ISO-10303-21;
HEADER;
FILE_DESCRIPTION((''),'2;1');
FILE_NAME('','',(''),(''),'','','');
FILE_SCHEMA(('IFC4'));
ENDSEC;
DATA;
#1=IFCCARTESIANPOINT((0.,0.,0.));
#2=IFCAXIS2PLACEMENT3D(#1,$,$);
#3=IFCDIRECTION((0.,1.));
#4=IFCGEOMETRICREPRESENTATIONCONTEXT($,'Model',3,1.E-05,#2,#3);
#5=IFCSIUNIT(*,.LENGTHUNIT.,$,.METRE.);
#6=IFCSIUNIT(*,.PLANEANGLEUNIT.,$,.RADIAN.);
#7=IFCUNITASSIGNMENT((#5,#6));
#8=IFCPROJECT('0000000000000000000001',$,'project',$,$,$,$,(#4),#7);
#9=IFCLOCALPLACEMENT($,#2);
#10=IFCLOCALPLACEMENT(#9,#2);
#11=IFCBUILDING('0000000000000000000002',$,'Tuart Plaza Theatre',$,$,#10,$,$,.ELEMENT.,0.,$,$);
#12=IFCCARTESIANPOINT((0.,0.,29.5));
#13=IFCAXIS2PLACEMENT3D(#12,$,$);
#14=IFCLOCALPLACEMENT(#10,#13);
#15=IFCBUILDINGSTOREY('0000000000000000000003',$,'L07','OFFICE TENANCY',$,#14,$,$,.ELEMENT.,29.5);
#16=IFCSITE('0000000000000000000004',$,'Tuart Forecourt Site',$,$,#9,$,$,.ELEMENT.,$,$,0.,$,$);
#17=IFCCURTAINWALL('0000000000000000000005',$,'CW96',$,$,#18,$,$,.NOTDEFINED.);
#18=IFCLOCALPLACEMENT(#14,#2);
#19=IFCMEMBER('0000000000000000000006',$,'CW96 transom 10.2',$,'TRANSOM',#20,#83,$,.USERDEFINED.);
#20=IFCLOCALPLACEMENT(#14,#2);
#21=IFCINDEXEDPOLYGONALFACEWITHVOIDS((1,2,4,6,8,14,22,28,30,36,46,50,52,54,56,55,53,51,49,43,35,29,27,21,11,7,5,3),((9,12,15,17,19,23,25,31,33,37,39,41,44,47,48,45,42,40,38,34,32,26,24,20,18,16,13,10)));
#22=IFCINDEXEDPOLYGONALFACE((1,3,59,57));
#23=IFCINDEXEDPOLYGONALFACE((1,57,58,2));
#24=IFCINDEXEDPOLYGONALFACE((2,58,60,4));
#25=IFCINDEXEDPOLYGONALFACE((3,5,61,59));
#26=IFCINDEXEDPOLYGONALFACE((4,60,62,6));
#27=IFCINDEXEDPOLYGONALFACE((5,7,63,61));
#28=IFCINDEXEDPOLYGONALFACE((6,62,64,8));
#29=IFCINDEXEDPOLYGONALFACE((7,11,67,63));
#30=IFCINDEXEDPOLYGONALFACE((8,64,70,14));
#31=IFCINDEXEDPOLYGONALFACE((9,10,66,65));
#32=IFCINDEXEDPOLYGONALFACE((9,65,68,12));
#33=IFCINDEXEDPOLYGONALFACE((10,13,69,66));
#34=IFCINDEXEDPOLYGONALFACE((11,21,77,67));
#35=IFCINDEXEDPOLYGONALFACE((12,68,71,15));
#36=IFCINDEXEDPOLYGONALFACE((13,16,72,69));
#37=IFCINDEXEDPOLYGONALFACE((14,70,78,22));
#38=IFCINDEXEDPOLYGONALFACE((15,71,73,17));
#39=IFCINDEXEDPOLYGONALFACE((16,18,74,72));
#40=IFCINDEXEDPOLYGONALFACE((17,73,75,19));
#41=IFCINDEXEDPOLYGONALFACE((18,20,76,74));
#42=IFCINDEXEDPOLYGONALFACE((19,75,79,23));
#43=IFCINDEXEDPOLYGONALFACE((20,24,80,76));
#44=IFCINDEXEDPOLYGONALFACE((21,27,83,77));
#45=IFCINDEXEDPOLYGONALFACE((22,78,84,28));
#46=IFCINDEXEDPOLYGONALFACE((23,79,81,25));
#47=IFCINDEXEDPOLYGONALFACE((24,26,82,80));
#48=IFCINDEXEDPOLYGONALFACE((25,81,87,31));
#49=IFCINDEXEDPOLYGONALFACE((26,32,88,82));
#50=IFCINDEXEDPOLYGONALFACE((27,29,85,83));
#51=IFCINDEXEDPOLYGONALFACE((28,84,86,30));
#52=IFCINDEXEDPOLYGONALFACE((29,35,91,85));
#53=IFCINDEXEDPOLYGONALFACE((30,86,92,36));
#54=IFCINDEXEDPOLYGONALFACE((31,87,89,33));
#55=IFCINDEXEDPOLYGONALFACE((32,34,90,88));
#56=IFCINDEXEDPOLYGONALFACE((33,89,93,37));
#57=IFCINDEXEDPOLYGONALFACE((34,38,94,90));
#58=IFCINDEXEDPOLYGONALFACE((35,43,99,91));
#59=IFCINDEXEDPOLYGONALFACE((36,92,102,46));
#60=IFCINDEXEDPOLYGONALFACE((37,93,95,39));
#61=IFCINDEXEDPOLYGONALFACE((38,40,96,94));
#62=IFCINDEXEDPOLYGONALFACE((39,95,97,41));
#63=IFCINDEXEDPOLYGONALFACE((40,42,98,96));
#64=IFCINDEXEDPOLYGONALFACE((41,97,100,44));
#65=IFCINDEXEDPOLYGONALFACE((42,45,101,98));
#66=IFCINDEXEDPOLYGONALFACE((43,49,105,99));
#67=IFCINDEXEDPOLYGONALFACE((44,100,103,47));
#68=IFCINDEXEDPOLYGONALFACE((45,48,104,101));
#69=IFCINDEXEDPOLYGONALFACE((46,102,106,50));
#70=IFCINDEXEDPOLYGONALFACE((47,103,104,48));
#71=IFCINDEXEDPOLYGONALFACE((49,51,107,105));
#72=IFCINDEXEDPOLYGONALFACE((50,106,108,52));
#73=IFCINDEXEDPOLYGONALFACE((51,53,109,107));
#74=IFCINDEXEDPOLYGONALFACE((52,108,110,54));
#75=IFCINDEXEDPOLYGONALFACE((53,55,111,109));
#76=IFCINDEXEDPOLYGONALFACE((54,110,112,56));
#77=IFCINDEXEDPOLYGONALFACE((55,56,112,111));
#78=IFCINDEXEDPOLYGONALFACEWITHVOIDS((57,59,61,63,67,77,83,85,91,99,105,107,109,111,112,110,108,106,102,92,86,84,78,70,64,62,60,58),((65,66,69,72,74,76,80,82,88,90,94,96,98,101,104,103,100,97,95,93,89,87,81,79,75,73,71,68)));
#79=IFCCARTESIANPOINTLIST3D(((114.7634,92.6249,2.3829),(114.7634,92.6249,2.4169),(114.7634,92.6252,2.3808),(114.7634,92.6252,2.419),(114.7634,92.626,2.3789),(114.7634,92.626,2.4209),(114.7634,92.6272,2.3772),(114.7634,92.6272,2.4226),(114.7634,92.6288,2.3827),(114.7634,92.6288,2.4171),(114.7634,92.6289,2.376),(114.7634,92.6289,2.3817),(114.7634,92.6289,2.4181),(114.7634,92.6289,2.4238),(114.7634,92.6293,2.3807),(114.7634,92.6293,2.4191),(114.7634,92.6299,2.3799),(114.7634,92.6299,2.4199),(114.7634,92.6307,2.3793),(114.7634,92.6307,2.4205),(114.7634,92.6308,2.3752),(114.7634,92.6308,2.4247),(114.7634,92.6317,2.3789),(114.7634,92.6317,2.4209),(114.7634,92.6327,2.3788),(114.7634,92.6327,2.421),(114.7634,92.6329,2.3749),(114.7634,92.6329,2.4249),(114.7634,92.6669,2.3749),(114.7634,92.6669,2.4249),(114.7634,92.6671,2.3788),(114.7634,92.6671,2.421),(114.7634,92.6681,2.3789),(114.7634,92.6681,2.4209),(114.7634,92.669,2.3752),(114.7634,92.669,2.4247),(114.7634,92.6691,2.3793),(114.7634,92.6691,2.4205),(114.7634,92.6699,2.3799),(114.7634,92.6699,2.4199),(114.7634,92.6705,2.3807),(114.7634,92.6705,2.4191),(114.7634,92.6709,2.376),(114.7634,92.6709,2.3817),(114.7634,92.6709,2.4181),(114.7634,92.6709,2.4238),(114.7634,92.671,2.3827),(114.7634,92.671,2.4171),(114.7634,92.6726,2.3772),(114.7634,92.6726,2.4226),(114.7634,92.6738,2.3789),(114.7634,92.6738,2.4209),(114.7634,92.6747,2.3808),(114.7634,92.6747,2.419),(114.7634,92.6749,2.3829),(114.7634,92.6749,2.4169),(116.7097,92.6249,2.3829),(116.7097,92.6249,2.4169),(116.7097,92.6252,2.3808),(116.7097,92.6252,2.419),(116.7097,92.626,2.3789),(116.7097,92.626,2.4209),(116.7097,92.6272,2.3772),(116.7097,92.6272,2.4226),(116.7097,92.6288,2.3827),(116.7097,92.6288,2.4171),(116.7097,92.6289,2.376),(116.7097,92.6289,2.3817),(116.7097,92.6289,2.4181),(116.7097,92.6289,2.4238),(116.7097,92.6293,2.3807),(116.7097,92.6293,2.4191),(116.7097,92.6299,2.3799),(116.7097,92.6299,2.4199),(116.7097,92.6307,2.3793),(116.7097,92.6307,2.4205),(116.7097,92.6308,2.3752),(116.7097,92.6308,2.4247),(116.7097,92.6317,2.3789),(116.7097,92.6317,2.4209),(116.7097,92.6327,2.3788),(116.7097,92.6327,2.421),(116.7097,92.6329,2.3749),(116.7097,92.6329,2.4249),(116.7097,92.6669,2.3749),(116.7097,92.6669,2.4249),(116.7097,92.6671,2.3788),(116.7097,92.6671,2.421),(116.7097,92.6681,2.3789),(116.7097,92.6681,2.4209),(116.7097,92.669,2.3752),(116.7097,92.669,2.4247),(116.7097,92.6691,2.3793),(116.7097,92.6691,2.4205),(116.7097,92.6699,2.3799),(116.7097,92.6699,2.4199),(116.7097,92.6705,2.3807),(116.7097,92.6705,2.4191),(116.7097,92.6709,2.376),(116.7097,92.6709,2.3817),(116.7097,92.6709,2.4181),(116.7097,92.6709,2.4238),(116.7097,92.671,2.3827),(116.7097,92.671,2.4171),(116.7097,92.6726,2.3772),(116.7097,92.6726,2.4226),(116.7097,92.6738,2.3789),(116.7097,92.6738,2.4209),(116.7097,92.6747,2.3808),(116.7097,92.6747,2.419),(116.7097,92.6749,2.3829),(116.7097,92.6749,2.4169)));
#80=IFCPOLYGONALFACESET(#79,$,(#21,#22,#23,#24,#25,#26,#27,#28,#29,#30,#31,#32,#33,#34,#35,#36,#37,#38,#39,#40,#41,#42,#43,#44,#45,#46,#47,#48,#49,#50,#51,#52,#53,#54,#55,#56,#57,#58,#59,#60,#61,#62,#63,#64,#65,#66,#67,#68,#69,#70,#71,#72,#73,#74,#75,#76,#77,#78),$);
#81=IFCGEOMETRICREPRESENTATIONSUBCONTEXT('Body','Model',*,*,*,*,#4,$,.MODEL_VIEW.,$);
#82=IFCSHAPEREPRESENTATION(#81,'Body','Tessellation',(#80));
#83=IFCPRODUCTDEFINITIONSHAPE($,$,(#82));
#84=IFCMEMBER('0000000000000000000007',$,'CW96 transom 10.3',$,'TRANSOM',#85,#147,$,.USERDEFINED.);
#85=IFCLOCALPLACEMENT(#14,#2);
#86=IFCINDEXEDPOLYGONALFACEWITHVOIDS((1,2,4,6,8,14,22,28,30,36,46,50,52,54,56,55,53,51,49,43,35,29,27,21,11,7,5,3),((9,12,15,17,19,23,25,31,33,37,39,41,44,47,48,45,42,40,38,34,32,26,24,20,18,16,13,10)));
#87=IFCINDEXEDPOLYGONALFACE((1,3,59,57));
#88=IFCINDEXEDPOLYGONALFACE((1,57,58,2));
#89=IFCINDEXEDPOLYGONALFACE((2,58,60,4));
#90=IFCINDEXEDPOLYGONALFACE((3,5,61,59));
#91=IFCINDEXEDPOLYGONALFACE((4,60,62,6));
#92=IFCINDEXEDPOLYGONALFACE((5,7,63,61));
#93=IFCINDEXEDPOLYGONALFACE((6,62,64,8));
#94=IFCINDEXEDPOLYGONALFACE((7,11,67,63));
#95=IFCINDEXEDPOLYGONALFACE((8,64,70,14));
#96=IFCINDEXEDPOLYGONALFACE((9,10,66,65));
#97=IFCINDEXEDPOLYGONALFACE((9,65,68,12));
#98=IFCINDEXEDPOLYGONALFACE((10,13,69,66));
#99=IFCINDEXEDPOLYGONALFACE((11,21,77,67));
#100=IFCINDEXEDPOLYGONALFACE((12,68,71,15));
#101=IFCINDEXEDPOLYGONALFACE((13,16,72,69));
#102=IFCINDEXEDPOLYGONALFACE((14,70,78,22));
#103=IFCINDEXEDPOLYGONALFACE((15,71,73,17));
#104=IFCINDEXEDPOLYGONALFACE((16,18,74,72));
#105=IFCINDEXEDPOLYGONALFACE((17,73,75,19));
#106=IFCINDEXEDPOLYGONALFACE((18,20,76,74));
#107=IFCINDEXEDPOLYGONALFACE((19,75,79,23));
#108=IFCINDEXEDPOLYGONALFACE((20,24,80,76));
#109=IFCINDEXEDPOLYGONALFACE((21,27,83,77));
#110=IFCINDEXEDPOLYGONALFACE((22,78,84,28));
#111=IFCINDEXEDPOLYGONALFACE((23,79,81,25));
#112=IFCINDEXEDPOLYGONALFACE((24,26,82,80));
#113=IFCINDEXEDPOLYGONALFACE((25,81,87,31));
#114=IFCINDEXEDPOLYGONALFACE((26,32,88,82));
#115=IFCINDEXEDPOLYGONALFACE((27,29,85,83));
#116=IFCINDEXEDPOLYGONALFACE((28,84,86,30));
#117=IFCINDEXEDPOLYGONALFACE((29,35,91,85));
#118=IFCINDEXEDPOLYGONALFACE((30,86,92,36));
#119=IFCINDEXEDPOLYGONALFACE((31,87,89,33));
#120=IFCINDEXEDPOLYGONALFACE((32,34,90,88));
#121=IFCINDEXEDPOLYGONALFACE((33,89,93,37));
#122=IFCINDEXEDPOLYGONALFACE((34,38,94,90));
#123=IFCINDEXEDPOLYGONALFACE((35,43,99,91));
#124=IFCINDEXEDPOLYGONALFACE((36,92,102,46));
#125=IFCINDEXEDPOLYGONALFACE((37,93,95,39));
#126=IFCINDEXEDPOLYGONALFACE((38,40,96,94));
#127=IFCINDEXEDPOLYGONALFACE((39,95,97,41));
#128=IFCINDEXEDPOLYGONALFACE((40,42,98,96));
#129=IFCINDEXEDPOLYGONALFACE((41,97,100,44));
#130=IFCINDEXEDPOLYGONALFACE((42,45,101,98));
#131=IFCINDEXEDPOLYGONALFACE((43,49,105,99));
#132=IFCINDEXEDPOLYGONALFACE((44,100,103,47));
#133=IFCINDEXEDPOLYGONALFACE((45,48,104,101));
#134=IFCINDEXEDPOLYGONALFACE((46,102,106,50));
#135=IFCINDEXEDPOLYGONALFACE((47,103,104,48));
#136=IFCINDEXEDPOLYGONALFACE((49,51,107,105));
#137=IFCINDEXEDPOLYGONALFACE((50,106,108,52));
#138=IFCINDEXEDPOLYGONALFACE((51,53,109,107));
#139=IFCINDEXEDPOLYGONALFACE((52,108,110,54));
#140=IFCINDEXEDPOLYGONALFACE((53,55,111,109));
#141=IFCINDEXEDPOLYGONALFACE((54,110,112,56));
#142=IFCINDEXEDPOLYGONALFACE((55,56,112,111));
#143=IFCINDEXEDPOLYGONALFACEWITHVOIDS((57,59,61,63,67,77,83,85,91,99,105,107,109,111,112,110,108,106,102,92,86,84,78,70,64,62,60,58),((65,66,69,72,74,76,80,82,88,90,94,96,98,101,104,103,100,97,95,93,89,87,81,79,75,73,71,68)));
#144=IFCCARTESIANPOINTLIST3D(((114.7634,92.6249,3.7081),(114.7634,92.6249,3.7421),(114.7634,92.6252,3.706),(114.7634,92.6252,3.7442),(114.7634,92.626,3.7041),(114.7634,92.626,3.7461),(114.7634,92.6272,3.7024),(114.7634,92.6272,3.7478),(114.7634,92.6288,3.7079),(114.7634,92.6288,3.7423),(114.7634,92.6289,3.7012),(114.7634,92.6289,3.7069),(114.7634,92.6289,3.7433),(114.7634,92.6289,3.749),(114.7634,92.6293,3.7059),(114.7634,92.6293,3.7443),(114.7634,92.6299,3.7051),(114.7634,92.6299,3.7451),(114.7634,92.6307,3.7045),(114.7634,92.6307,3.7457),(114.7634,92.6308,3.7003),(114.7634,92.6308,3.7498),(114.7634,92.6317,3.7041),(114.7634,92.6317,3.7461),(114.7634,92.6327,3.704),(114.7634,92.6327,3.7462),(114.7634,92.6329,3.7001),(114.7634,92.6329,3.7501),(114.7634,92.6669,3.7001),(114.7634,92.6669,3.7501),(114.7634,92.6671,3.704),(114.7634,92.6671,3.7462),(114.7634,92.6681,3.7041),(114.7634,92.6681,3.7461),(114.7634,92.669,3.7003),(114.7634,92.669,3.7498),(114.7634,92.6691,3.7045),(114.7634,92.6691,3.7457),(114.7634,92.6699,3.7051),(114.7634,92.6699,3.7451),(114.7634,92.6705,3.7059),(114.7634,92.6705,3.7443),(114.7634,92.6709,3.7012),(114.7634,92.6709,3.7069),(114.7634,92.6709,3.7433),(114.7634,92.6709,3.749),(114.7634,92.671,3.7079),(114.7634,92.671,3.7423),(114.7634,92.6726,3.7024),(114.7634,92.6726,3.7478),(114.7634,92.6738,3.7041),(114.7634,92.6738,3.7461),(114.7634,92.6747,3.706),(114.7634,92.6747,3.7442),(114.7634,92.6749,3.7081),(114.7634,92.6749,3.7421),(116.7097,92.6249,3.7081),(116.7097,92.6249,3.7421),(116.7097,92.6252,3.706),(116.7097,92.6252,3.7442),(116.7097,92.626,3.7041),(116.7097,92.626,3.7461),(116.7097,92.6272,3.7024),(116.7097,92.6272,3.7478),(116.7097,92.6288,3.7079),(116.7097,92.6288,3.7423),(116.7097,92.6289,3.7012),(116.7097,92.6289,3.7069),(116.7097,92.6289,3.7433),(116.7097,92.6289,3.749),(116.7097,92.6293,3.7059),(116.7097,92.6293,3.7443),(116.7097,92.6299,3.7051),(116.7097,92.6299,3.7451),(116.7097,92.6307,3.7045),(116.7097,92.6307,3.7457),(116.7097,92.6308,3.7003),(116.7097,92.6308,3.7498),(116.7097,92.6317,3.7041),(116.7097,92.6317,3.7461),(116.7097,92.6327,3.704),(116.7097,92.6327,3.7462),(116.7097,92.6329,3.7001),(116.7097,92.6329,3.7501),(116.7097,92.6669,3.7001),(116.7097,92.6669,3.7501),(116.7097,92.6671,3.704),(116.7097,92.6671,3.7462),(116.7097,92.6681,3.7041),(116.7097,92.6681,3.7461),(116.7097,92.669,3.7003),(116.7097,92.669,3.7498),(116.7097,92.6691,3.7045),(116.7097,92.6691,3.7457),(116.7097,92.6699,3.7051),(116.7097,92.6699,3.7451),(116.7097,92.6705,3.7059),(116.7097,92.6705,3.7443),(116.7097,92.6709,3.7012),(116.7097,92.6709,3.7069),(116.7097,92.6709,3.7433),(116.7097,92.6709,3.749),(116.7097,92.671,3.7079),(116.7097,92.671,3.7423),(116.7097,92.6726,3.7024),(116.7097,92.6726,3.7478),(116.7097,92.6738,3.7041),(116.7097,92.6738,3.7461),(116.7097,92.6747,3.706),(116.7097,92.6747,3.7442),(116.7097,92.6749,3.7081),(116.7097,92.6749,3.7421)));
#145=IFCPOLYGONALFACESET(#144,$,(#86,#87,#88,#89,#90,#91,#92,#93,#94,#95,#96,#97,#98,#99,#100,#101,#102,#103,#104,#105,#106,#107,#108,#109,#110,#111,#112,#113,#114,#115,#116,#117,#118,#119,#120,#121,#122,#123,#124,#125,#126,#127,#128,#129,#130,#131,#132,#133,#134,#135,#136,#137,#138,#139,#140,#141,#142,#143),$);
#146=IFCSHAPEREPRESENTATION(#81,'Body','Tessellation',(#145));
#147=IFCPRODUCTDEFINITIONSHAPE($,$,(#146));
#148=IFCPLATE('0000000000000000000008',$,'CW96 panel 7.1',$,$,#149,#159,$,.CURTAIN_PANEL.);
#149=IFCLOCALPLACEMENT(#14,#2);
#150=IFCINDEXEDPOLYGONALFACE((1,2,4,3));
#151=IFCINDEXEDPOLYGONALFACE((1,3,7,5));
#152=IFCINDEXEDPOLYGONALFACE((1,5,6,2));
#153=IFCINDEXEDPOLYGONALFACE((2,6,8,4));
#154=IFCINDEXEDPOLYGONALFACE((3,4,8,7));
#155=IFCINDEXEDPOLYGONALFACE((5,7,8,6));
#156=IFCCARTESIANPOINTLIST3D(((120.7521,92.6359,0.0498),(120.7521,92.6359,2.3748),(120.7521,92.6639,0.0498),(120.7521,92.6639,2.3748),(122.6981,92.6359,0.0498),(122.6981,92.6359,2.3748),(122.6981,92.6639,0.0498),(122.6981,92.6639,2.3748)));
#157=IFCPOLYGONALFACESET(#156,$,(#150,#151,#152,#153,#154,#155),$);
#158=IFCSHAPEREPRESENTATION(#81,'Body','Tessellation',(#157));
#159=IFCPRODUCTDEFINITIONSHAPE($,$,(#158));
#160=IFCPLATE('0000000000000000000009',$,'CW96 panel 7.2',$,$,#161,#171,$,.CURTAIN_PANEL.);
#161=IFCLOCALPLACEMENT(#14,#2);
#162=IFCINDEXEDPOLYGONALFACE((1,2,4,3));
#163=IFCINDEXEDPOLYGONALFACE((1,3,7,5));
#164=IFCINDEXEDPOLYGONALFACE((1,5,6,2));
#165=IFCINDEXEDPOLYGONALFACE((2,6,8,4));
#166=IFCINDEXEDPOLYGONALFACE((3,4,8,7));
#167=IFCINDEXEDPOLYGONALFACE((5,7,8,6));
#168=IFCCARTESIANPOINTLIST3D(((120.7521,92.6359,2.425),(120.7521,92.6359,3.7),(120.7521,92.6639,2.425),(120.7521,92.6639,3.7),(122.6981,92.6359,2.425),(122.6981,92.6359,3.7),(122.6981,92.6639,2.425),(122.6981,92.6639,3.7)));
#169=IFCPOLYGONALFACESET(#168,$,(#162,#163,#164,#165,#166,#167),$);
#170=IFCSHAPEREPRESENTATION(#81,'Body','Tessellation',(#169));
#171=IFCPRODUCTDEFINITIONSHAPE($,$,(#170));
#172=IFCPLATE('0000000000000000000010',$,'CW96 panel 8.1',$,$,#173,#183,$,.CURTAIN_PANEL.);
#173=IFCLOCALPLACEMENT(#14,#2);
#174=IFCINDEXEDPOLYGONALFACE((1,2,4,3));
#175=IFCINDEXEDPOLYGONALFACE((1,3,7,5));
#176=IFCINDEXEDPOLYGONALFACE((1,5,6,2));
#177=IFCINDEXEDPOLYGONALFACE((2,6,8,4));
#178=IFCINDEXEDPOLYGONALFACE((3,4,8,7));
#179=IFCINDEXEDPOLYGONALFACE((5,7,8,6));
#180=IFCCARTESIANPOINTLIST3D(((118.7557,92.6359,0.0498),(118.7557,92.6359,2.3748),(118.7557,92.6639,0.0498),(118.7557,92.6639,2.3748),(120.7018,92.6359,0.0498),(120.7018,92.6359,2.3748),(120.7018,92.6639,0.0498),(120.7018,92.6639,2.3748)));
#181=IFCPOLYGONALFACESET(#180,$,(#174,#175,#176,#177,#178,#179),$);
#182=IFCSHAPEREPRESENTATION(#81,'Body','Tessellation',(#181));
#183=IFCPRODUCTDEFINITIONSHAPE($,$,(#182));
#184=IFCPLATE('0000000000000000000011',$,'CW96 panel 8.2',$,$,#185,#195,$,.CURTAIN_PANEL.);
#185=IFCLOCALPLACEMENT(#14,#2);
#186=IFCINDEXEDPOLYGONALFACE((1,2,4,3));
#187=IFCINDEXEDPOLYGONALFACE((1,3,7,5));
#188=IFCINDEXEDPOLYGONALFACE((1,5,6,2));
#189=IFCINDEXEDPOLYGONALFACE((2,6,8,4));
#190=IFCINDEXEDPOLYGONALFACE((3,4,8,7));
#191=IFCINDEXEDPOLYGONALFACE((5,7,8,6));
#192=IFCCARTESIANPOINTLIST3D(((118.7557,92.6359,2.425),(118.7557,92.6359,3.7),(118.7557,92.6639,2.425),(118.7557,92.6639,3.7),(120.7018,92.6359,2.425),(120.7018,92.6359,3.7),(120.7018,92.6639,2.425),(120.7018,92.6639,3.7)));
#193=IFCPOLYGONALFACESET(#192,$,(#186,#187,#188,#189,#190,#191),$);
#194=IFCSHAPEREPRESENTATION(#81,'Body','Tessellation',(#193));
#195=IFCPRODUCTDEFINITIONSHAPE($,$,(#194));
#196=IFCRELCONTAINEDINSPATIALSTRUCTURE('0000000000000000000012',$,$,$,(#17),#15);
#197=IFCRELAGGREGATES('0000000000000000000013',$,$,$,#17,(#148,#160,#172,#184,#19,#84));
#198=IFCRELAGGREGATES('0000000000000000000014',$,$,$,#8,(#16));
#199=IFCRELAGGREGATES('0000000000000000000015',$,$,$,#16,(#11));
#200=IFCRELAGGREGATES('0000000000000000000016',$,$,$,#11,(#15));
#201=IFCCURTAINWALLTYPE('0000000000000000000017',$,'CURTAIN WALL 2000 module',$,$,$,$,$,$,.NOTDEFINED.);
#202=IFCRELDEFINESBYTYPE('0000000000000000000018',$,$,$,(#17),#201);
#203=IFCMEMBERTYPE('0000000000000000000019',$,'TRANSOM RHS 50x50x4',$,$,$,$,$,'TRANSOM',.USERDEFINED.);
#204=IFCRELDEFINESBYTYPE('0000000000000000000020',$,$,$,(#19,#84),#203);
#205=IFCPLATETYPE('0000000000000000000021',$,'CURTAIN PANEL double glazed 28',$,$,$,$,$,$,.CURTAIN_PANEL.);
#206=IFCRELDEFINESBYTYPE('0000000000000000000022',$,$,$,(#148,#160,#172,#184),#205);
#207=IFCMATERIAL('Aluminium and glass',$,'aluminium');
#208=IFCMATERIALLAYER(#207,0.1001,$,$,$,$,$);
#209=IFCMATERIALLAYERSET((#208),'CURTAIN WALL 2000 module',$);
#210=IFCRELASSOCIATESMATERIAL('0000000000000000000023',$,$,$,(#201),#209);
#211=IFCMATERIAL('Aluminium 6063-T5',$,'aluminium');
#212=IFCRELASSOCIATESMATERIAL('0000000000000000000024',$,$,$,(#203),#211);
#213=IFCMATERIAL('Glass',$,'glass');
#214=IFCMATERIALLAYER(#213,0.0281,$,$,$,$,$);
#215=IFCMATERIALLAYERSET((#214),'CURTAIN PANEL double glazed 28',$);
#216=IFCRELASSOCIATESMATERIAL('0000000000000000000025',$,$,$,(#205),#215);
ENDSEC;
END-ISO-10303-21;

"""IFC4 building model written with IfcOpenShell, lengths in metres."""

from ifc_helpers import new_model, si_unit, direction, frame, origin, origin_2d, place, context, subcontext, project, spatial, rectangle, hollow_rectangle, extrude, material, layer, layer_set, material_profile, profile_set, type_object, element, aggregate, save


model = new_model("IFC4")

# Units and contexts
model_context = context("Model", 3, precision=1e-05, world=origin(), true_north=direction((0.0, 1.0)))
body_context = subcontext(model_context, "Body", "Model", "MODEL_VIEW")
ifc_project = project(units=[si_unit("LENGTHUNIT", "METRE"), si_unit("PLANEANGLEUNIT", "RADIAN")], contexts=[model_context])

# Site, building, storey
site_placement = place(None, origin())
site = spatial("IfcSite", under=ifc_project, at=site_placement, Name="Tuart Forecourt Site", CompositionType="ELEMENT", RefElevation=0.0)
building_placement = place(site_placement, origin())
building = spatial("IfcBuilding", under=site, at=building_placement, Name="Tuart Plaza Theatre", CompositionType="ELEMENT", ElevationOfRefHeight=0.0)
storey_placement = place(building_placement, frame((0.0, 0.0, 29.5)))
storey = spatial("IfcBuildingStorey", under=building, at=storey_placement, Name="L07", Description="OFFICE TENANCY", CompositionType="ELEMENT", Elevation=29.5)

# Curtain wall, members, plates
ifc_material_1 = material(Name="Aluminium and glass", Category="aluminium")
ifc_layer_1 = layer(ifc_material_1, 0.1001)
ifc_layer_set_1 = layer_set([ifc_layer_1], Name="CURTAIN WALL 2000 module")
curtain_wall_type = type_object("IfcCurtainWallType", Name="CURTAIN WALL 2000 module", PredefinedType="NOTDEFINED", material=ifc_layer_set_1)
curtain_wall_placement = place(storey_placement, origin())
curtain_wall = element("IfcCurtainWall", 1, at=curtain_wall_placement, inside=storey, type_object=curtain_wall_type, Name="CW96", PredefinedType="NOTDEFINED")
ifc_material_2 = material(Name="Aluminium 6063-T5", Category="aluminium")
ifc_material_profile_1 = material_profile(ifc_material_2, hollow_rectangle(XDim=0.05, YDim=0.05, WallThickness=0.0039, InnerFilletRadius=0.0039, OuterFilletRadius=0.0081, at=origin_2d()), Name="RHS 50x50x4")
ifc_profile_set_1 = profile_set([ifc_material_profile_1], Name="Aluminium 6063-T5")
member_type_1 = type_object("IfcMemberType", Name="TRANSOM RHS 50x50x4", ElementType="TRANSOM", PredefinedType="USERDEFINED", material=ifc_profile_set_1)
member_1_placement = place(storey_placement, frame((116.7097, 92.6499, 2.3999), z_axis=(-1.0, 0.0, 0.0), x_axis=(0.0, -1.0, 0.0)))
member_1 = element("IfcMember", 2, at=member_1_placement, type_object=member_type_1, Name="CW96 transom 10.2", ObjectType="TRANSOM", PredefinedType="USERDEFINED", context=body_context, shape_type="SweptSolid", body=[
    extrude(hollow_rectangle(XDim=0.05, YDim=0.05, WallThickness=0.0039, InnerFilletRadius=0.0039, OuterFilletRadius=0.0081, at=origin_2d()), origin(), (0.0, 0.0, 1.0), 1.9463),
])
member_2_placement = place(storey_placement, frame((116.7097, 92.6499, 3.7251), z_axis=(-1.0, 0.0, 0.0), x_axis=(0.0, -1.0, 0.0)))
member_2 = element("IfcMember", 3, at=member_2_placement, type_object=member_type_1, Name="CW96 transom 10.3", ObjectType="TRANSOM", PredefinedType="USERDEFINED", context=body_context, shape_type="SweptSolid", body=[
    extrude(hollow_rectangle(XDim=0.05, YDim=0.05, WallThickness=0.0039, InnerFilletRadius=0.0039, OuterFilletRadius=0.0081, at=origin_2d()), origin(), (0.0, 0.0, 1.0), 1.9463),
])
ifc_material_3 = material(Name="Glass", Category="glass")
ifc_layer_2 = layer(ifc_material_3, 0.0281)
ifc_layer_set_2 = layer_set([ifc_layer_2], Name="CURTAIN PANEL double glazed 28")
plate_type = type_object("IfcPlateType", Name="CURTAIN PANEL double glazed 28", PredefinedType="CURTAIN_PANEL", material=ifc_layer_set_2)
plate_1_placement = place(storey_placement, frame((121.7251, 92.6499, 0.0498), z_axis=(0.0, 0.0, 1.0), x_axis=(-1.0, 0.0, 0.0)))
plate_1 = element("IfcPlate", 4, at=plate_1_placement, type_object=plate_type, Name="CW96 panel 7.1", PredefinedType="CURTAIN_PANEL", context=body_context, shape_type="SweptSolid", body=[
    extrude(rectangle(XDim=1.946, YDim=0.0281, at=origin_2d()), origin(), (0.0, 0.0, 1.0), 2.325),
])
plate_2_placement = place(storey_placement, frame((121.7251, 92.6499, 2.425), z_axis=(0.0, 0.0, 1.0), x_axis=(-1.0, 0.0, 0.0)))
plate_2 = element("IfcPlate", 5, at=plate_2_placement, type_object=plate_type, Name="CW96 panel 7.2", PredefinedType="CURTAIN_PANEL", context=body_context, shape_type="SweptSolid", body=[
    extrude(rectangle(XDim=1.946, YDim=0.0281, at=origin_2d()), origin(), (0.0, 0.0, 1.0), 1.2749),
])
plate_3_placement = place(storey_placement, frame((119.7288, 92.6499, 0.0498), z_axis=(0.0, 0.0, 1.0), x_axis=(-1.0, 0.0, 0.0)))
plate_3 = element("IfcPlate", 6, at=plate_3_placement, type_object=plate_type, Name="CW96 panel 8.1", PredefinedType="CURTAIN_PANEL", context=body_context, shape_type="SweptSolid", body=[
    extrude(rectangle(XDim=1.946, YDim=0.0281, at=origin_2d()), origin(), (0.0, 0.0, 1.0), 2.325),
])
plate_4_placement = place(storey_placement, frame((119.7288, 92.6499, 2.425), z_axis=(0.0, 0.0, 1.0), x_axis=(-1.0, 0.0, 0.0)))
plate_4 = element("IfcPlate", 7, at=plate_4_placement, type_object=plate_type, Name="CW96 panel 8.2", PredefinedType="CURTAIN_PANEL", context=body_context, shape_type="SweptSolid", body=[
    extrude(rectangle(XDim=1.946, YDim=0.0281, at=origin_2d()), origin(), (0.0, 0.0, 1.0), 1.2749),
])
aggregate(curtain_wall, [plate_1, plate_2, plate_3, plate_4, member_1, member_2])

save(model, "model.ifc")
